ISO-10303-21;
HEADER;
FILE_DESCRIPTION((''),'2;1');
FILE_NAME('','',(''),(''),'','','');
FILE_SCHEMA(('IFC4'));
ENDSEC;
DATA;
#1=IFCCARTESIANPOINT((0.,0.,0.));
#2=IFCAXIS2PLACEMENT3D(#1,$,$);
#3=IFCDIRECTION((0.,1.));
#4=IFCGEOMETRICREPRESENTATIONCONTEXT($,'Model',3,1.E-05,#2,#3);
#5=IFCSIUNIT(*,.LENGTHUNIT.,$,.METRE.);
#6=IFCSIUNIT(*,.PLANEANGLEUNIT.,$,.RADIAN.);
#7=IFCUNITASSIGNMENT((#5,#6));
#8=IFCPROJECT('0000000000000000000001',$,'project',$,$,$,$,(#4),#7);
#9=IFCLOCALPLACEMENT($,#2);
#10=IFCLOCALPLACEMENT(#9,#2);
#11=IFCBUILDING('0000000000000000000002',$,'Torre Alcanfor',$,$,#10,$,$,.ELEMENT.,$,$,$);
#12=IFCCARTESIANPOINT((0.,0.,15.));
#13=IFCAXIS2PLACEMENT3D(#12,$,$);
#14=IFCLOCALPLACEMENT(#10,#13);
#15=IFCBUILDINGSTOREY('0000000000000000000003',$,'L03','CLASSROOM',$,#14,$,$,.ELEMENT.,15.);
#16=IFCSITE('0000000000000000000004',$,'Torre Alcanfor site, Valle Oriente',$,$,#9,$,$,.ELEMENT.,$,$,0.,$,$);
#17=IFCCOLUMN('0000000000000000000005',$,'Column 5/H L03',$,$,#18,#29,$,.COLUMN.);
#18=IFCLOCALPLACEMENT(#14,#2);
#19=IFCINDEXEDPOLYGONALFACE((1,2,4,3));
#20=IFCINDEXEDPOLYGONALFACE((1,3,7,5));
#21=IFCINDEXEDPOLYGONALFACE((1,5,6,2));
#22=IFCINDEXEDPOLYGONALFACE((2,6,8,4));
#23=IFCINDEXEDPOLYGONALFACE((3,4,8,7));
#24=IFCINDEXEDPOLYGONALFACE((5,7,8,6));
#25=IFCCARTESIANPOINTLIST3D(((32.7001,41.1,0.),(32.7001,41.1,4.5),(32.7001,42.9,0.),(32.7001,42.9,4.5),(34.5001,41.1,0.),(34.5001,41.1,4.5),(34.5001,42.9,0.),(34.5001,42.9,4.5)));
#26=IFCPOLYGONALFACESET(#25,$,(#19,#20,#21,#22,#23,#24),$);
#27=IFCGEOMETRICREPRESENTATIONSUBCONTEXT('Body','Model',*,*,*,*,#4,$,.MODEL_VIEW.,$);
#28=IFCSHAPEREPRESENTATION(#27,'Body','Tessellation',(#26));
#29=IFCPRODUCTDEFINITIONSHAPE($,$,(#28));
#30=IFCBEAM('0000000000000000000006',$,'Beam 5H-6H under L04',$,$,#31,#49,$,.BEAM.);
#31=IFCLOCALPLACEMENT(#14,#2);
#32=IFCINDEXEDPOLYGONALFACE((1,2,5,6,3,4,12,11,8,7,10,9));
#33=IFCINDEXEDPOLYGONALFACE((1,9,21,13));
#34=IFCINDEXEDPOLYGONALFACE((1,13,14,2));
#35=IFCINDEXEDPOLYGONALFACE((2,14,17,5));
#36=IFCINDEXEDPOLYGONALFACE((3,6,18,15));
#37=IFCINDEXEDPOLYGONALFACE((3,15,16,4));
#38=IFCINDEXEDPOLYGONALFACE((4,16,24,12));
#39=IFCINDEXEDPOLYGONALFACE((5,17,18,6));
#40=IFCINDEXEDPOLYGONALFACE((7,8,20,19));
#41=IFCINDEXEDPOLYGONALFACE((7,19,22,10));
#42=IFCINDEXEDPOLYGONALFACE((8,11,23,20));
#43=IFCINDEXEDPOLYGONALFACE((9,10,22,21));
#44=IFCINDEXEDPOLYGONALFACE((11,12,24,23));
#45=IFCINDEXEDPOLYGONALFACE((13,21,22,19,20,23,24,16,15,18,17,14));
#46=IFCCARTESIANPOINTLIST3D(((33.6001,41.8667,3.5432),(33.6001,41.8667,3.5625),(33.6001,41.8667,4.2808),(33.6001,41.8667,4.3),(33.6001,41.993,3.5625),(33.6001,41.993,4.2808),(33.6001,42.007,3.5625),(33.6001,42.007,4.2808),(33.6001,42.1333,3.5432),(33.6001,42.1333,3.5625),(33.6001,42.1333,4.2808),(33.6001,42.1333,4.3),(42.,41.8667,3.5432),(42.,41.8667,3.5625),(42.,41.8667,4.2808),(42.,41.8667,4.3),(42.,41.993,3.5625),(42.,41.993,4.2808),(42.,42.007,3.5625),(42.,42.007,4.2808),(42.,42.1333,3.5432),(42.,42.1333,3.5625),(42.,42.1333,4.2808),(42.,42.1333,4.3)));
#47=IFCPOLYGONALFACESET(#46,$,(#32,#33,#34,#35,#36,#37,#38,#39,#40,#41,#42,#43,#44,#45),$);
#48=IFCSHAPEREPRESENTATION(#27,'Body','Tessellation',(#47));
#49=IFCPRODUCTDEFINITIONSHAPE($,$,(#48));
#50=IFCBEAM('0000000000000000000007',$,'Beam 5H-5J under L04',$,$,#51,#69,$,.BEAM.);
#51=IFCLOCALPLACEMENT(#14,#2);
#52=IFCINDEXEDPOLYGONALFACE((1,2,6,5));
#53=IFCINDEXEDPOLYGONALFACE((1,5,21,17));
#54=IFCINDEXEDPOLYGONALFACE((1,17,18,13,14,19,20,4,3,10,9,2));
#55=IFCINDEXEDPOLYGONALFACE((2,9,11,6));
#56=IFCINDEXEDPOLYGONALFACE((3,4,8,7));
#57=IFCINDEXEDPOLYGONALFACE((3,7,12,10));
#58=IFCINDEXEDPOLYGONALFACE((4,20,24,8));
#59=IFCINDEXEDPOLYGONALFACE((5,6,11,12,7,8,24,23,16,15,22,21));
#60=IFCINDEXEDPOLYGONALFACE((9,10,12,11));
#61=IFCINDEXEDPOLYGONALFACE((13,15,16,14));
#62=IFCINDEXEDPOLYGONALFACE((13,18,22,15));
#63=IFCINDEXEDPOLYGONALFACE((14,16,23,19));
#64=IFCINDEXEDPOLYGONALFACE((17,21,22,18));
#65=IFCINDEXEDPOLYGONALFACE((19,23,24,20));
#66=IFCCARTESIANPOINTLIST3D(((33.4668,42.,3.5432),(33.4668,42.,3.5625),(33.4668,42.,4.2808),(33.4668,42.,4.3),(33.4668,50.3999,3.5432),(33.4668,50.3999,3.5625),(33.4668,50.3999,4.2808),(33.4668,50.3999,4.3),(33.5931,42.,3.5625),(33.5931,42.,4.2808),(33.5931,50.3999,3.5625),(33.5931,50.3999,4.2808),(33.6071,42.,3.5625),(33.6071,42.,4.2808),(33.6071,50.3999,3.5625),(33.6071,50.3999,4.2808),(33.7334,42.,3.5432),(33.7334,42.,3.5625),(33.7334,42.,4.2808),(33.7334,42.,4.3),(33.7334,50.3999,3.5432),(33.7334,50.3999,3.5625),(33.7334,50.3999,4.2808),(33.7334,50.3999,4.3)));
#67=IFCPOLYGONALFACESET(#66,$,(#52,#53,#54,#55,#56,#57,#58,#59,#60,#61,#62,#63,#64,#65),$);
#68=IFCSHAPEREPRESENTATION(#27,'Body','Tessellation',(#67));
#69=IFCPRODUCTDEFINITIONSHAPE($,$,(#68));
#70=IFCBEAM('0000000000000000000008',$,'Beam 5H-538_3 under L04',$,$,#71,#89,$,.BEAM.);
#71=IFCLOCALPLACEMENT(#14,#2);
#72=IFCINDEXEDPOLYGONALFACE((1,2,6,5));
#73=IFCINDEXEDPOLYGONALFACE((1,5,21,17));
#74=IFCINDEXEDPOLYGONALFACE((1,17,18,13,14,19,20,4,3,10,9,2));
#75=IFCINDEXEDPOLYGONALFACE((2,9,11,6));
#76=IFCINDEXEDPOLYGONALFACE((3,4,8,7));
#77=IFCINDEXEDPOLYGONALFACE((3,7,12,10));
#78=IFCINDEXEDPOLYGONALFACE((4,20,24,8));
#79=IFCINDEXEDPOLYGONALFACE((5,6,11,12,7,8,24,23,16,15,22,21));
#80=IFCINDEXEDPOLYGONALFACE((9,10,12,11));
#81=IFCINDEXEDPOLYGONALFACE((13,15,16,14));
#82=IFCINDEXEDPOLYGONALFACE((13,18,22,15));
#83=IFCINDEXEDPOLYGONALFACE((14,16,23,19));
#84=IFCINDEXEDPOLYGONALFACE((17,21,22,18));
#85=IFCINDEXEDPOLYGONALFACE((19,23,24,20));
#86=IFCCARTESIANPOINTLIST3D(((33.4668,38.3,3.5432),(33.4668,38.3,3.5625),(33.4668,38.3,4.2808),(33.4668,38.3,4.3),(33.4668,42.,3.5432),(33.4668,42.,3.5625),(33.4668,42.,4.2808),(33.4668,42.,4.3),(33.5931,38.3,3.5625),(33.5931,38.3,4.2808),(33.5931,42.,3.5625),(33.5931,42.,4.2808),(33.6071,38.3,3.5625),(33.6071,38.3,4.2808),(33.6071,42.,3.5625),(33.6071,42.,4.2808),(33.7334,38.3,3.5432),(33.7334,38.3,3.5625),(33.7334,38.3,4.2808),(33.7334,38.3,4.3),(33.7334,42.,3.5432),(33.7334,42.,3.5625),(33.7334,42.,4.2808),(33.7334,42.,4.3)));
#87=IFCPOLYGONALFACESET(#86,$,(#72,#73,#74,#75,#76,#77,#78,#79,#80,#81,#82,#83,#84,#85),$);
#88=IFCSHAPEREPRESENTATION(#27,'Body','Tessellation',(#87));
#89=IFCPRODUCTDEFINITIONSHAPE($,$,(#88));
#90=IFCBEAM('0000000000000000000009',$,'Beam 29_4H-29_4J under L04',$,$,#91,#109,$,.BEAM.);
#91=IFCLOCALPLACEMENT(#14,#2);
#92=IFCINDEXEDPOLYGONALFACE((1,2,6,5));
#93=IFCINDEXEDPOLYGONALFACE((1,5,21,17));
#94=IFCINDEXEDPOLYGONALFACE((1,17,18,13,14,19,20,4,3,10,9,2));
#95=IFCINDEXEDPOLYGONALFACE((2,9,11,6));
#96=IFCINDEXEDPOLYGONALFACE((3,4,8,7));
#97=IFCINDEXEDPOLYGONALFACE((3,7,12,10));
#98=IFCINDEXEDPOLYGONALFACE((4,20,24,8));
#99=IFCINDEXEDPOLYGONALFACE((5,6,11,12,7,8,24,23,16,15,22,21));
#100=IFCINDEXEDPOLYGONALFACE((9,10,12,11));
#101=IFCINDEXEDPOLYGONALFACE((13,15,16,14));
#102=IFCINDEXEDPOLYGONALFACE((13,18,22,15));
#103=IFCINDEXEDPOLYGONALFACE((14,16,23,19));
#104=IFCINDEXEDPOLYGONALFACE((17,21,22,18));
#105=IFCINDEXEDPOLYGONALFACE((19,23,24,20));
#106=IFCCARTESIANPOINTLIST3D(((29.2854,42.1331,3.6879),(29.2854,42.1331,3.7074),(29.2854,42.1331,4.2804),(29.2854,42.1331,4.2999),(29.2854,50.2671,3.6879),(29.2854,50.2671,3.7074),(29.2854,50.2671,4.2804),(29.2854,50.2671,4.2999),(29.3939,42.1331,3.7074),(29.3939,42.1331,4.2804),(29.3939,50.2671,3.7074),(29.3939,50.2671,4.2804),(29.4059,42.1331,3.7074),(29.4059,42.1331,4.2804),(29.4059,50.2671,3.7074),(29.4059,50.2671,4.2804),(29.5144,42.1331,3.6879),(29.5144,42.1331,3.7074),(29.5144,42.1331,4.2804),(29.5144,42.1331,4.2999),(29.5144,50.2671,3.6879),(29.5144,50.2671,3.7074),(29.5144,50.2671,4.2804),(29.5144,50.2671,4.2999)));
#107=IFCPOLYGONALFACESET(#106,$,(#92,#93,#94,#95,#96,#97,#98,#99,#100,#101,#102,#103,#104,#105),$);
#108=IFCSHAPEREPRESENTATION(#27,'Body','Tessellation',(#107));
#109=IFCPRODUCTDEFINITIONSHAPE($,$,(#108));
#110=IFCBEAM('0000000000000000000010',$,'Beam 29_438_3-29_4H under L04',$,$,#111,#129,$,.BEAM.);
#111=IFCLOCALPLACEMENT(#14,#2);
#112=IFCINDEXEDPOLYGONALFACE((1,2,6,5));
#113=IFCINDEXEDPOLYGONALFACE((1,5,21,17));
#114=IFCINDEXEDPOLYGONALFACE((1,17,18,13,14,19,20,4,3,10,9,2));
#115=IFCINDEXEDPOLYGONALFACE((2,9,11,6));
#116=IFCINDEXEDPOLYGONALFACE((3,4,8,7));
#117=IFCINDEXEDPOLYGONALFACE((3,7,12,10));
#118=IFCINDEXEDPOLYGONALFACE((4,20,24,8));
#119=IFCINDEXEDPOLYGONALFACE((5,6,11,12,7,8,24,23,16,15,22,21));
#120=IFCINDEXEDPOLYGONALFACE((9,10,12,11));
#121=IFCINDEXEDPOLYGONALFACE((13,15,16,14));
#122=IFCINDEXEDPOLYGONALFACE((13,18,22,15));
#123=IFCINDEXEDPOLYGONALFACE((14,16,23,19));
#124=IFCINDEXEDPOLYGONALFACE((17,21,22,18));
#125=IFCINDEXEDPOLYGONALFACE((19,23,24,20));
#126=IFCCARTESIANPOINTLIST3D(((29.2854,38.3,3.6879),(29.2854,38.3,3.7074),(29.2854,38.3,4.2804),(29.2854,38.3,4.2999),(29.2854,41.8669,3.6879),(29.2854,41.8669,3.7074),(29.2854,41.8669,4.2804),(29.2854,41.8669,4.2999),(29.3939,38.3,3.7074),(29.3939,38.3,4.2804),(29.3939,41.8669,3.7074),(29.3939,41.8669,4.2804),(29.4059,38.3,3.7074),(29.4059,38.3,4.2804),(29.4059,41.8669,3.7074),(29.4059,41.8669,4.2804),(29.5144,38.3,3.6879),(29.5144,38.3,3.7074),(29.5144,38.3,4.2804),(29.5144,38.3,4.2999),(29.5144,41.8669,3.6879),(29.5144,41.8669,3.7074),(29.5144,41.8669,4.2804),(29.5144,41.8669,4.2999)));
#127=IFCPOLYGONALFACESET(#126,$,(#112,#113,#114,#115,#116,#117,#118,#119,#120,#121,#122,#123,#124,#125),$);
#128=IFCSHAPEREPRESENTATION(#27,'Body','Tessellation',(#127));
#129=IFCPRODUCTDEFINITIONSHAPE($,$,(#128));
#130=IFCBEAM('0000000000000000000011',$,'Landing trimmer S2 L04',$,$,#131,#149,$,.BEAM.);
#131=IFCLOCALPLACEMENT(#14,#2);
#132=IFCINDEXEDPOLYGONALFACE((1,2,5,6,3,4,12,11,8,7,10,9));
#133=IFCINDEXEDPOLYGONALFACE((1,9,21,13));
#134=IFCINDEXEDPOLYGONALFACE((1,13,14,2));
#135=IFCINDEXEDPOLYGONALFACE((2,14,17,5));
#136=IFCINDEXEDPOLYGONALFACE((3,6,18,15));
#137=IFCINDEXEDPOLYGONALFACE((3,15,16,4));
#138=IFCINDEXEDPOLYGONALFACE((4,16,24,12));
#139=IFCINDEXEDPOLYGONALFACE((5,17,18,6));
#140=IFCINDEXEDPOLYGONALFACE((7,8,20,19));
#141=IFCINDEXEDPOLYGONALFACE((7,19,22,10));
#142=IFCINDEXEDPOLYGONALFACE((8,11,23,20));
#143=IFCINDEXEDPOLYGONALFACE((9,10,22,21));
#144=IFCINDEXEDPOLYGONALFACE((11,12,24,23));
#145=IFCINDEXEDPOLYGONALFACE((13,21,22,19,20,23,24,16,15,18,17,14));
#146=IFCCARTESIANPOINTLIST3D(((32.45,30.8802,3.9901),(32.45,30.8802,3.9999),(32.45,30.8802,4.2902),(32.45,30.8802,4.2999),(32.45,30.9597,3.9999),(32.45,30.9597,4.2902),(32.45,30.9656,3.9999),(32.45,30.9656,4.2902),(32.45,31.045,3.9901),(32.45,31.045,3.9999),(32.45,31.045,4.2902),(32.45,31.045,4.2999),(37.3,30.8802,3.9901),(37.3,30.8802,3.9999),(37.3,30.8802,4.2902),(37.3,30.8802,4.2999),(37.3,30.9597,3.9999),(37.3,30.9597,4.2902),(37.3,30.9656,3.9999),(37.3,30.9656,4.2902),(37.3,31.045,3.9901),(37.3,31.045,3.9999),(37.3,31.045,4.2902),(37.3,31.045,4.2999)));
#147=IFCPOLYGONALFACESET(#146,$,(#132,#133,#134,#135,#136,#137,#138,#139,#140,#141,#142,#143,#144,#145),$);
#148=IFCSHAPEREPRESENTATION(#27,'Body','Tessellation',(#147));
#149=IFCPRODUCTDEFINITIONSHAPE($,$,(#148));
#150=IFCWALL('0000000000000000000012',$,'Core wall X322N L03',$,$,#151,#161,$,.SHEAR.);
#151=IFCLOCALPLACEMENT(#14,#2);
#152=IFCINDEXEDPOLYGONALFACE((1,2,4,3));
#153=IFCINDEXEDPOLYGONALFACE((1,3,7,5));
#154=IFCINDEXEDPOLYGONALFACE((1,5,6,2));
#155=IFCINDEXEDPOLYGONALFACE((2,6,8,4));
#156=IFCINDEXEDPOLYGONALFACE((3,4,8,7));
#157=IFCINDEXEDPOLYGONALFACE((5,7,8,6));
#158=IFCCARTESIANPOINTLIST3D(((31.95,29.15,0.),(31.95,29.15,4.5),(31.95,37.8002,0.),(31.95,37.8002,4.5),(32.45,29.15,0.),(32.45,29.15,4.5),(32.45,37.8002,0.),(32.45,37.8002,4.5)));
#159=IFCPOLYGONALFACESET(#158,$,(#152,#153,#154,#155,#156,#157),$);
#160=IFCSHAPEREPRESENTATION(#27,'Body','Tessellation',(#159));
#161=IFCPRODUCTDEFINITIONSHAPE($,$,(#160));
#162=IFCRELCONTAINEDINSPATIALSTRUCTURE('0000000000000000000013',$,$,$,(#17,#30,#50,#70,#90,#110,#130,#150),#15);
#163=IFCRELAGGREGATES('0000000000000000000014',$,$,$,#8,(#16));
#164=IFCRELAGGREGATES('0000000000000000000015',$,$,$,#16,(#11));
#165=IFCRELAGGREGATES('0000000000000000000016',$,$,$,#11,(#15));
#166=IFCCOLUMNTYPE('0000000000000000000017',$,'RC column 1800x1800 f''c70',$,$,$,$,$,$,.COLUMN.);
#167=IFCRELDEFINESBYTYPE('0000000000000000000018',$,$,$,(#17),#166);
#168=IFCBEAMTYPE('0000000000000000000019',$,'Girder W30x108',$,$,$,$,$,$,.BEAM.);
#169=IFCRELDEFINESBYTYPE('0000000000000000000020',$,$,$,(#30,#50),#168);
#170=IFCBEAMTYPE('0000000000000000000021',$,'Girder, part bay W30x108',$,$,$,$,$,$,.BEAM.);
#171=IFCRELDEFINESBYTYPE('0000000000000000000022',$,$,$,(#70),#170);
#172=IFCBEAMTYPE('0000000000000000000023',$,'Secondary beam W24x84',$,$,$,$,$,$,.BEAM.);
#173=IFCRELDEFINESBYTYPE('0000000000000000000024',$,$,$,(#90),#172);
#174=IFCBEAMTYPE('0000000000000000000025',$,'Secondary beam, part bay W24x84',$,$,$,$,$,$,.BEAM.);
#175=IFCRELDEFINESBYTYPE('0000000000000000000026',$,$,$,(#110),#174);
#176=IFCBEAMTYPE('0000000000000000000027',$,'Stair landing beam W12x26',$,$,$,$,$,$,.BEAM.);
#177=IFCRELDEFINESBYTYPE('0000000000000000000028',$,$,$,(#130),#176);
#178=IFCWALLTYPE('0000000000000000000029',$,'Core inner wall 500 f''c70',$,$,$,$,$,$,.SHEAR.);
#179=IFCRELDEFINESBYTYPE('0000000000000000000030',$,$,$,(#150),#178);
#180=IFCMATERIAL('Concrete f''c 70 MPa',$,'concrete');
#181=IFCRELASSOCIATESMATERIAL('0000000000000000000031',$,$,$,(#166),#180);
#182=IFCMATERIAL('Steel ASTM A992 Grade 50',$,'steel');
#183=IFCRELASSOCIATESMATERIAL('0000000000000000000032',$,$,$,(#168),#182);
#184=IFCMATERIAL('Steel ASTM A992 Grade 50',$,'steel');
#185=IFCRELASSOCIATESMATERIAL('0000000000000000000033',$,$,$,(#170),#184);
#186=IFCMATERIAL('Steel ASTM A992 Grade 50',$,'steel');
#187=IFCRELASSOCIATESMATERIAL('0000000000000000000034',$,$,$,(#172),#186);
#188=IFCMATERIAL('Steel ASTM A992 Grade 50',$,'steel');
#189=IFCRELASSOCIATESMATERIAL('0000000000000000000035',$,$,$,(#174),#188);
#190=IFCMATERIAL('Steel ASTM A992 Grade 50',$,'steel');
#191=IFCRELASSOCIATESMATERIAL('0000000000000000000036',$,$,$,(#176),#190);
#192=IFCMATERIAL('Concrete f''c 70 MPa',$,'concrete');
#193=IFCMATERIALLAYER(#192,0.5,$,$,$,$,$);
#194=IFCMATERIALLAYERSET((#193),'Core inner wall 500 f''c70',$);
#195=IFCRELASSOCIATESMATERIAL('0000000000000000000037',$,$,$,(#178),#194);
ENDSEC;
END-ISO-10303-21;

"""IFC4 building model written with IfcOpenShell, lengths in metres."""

from ifc_helpers import new_model, si_unit, direction, frame, frame_2d, origin, origin_2d, place, context, subcontext, project, spatial, rectangle, i_section, extrude, material, layer, layer_set, material_profile, profile_set, type_object, element, save


model = new_model("IFC4")

# Units and contexts
model_context = context("Model", 3, precision=1e-05, world=origin(), true_north=direction((0.0, 1.0)))
body_context = subcontext(model_context, "Body", "Model", "MODEL_VIEW")
ifc_project = project(units=[si_unit("LENGTHUNIT", "METRE"), si_unit("PLANEANGLEUNIT", "RADIAN")], contexts=[model_context])

# Site, building, storey
site_placement = place(None, origin())
site = spatial("IfcSite", under=ifc_project, at=site_placement, Name="Torre Alcanfor site, Valle Oriente", CompositionType="ELEMENT", RefElevation=0.0)
building_placement = place(site_placement, origin())
building = spatial("IfcBuilding", under=site, at=building_placement, Name="Torre Alcanfor", CompositionType="ELEMENT")
storey_placement = place(building_placement, frame((0.0, 0.0, 15.0)))
storey = spatial("IfcBuildingStorey", under=building, at=storey_placement, Name="L03", Description="CLASSROOM", CompositionType="ELEMENT", Elevation=15.0)

# Column
ifc_material_1 = material(Name="Concrete f'c 70 MPa", Category="concrete")
ifc_material_profile_1 = material_profile(ifc_material_1, rectangle(XDim=1.8, YDim=1.8, at=origin_2d()), Name="1800x1800")
ifc_profile_set_1 = profile_set([ifc_material_profile_1], Name="Concrete f'c 70 MPa")
column_type = type_object("IfcColumnType", Name="RC column 1800x1800 f'c70", PredefinedType="COLUMN", material=ifc_profile_set_1)
column_placement = place(storey_placement, frame((33.6001, 42.0, 0.0), z_axis=(0.0, 0.0, 1.0), x_axis=(1.0, 0.0, 0.0)))
element("IfcColumn", 1, at=column_placement, inside=storey, type_object=column_type, Name="Column 5/H L03", PredefinedType="COLUMN", context=body_context, shape_type="SweptSolid", body=[
    extrude(rectangle(XDim=1.8, YDim=1.8, at=origin_2d()), origin(), (0.0, 0.0, 1.0), 4.5),
])

# Beams
ifc_material_2 = material(Name="Steel ASTM A992 Grade 50", Category="steel")
ifc_material_profile_2 = material_profile(ifc_material_2, i_section(OverallWidth=0.2666, OverallDepth=0.7568, WebThickness=0.0139, FlangeThickness=0.0193, at=origin_2d()), Name="W30x108")
ifc_profile_set_2 = profile_set([ifc_material_profile_2], Name="Steel ASTM A992 Grade 50")
beam_type_1 = type_object("IfcBeamType", Name="Girder W30x108", PredefinedType="BEAM", material=ifc_profile_set_2)
for number, where, z_axis, x_axis, name in (
    (2, (33.6001, 42.0, 3.9216), (1.0, 0.0, 0.0), (0.0, 1.0, 0.0), "Beam 5H-6H under L04"),
    (3, (33.6001, 42.0, 3.9216), (0.0, 1.0, 0.0), (-1.0, 0.0, 0.0), "Beam 5H-5J under L04"),
):
    element("IfcBeam", number, at=place(storey_placement, frame(where, z_axis=z_axis, x_axis=x_axis)), inside=storey, type_object=beam_type_1, Name=name, PredefinedType="BEAM", context=body_context, shape_type="SweptSolid", body=[
        extrude(i_section(OverallWidth=0.2666, OverallDepth=0.7568, WebThickness=0.0139, FlangeThickness=0.0193, at=origin_2d()), origin(), (0.0, 0.0, 1.0), 8.3999),
    ])
ifc_material_3 = material(Name="Steel ASTM A992 Grade 50", Category="steel")
ifc_material_profile_3 = material_profile(ifc_material_3, i_section(OverallWidth=0.2666, OverallDepth=0.7568, WebThickness=0.0139, FlangeThickness=0.0193, at=origin_2d()), Name="W30x108")
ifc_profile_set_3 = profile_set([ifc_material_profile_3], Name="Steel ASTM A992 Grade 50")
beam_type_2 = type_object("IfcBeamType", Name="Girder, part bay W30x108", PredefinedType="BEAM", material=ifc_profile_set_3)
beam_1_placement = place(storey_placement, frame((33.6001, 42.0, 3.9216), z_axis=(0.0, -1.0, 0.0), x_axis=(1.0, 0.0, 0.0)))
element("IfcBeam", 4, at=beam_1_placement, inside=storey, type_object=beam_type_2, Name="Beam 5H-538_3 under L04", PredefinedType="BEAM", context=body_context, shape_type="SweptSolid", body=[
    extrude(i_section(OverallWidth=0.2666, OverallDepth=0.7568, WebThickness=0.0139, FlangeThickness=0.0193, at=origin_2d()), origin(), (0.0, 0.0, 1.0), 3.7),
])
ifc_material_4 = material(Name="Steel ASTM A992 Grade 50", Category="steel")
ifc_material_profile_4 = material_profile(ifc_material_4, i_section(OverallWidth=0.229, OverallDepth=0.6121, WebThickness=0.012, FlangeThickness=0.0195, at=origin_2d()), Name="W24x84")
ifc_profile_set_4 = profile_set([ifc_material_profile_4], Name="Steel ASTM A992 Grade 50")
beam_type_3 = type_object("IfcBeamType", Name="Secondary beam W24x84", PredefinedType="BEAM", material=ifc_profile_set_4)
beam_2_placement = place(storey_placement, frame((29.3999, 42.1331, 3.9939), z_axis=(0.0, 1.0, 0.0), x_axis=(-1.0, 0.0, 0.0)))
element("IfcBeam", 5, at=beam_2_placement, inside=storey, type_object=beam_type_3, Name="Beam 29_4H-29_4J under L04", PredefinedType="BEAM", context=body_context, shape_type="SweptSolid", body=[
    extrude(i_section(OverallWidth=0.229, OverallDepth=0.6121, WebThickness=0.012, FlangeThickness=0.0195, at=origin_2d()), origin(), (0.0, 0.0, 1.0), 8.134),
])
ifc_material_5 = material(Name="Steel ASTM A992 Grade 50", Category="steel")
ifc_material_profile_5 = material_profile(ifc_material_5, i_section(OverallWidth=0.229, OverallDepth=0.6121, WebThickness=0.012, FlangeThickness=0.0195, at=origin_2d()), Name="W24x84")
ifc_profile_set_5 = profile_set([ifc_material_profile_5], Name="Steel ASTM A992 Grade 50")
beam_type_4 = type_object("IfcBeamType", Name="Secondary beam, part bay W24x84", PredefinedType="BEAM", material=ifc_profile_set_5)
beam_3_placement = place(storey_placement, frame((29.3999, 38.3, 3.9939), z_axis=(0.0, 1.0, 0.0), x_axis=(-1.0, 0.0, 0.0)))
element("IfcBeam", 6, at=beam_3_placement, inside=storey, type_object=beam_type_4, Name="Beam 29_438_3-29_4H under L04", PredefinedType="BEAM", context=body_context, shape_type="SweptSolid", body=[
    extrude(i_section(OverallWidth=0.229, OverallDepth=0.6121, WebThickness=0.012, FlangeThickness=0.0195, at=origin_2d()), origin(), (0.0, 0.0, 1.0), 3.5669),
])
ifc_material_6 = material(Name="Steel ASTM A992 Grade 50", Category="steel")
ifc_material_profile_6 = material_profile(ifc_material_6, i_section(OverallWidth=0.1648, OverallDepth=0.3098, WebThickness=0.0059, FlangeThickness=0.0098, at=origin_2d()), Name="W12x26")
ifc_profile_set_6 = profile_set([ifc_material_profile_6], Name="Steel ASTM A992 Grade 50")
beam_type_5 = type_object("IfcBeamType", Name="Stair landing beam W12x26", PredefinedType="BEAM", material=ifc_profile_set_6)
beam_4_placement = place(storey_placement, frame((32.45, 30.9626, 4.145), z_axis=(1.0, 0.0, 0.0), x_axis=(0.0, 1.0, 0.0)))
element("IfcBeam", 7, at=beam_4_placement, inside=storey, type_object=beam_type_5, Name="Landing trimmer S2 L04", PredefinedType="BEAM", context=body_context, shape_type="SweptSolid", body=[
    extrude(i_section(OverallWidth=0.1648, OverallDepth=0.3098, WebThickness=0.0059, FlangeThickness=0.0098, at=origin_2d()), origin(), (0.0, 0.0, 1.0), 4.8501),
])

# Wall
ifc_material_7 = material(Name="Concrete f'c 70 MPa", Category="concrete")
ifc_layer_1 = layer(ifc_material_7, 0.5)
ifc_layer_set_1 = layer_set([ifc_layer_1], Name="Core inner wall 500 f'c70")
wall_type_1 = type_object("IfcWallType", Name="Core inner wall 500 f'c70", PredefinedType="SHEAR", material=ifc_layer_set_1)
wall_1_placement = place(storey_placement, frame((32.2, 29.1499, 0.0), z_axis=(0.0, 0.0, 1.0), x_axis=(0.0, 1.0, 0.0)))
element("IfcWall", 8, at=wall_1_placement, inside=storey, type_object=wall_type_1, Name="Core wall X322N L03", PredefinedType="SHEAR", context=body_context, shape_type="SweptSolid", body=[
    extrude(rectangle(XDim=8.6501, YDim=0.5, at=frame_2d((4.3252, 0.0))), origin(), (0.0, 0.0, 1.0), 4.5),
])

save(model, "model.ifc")
